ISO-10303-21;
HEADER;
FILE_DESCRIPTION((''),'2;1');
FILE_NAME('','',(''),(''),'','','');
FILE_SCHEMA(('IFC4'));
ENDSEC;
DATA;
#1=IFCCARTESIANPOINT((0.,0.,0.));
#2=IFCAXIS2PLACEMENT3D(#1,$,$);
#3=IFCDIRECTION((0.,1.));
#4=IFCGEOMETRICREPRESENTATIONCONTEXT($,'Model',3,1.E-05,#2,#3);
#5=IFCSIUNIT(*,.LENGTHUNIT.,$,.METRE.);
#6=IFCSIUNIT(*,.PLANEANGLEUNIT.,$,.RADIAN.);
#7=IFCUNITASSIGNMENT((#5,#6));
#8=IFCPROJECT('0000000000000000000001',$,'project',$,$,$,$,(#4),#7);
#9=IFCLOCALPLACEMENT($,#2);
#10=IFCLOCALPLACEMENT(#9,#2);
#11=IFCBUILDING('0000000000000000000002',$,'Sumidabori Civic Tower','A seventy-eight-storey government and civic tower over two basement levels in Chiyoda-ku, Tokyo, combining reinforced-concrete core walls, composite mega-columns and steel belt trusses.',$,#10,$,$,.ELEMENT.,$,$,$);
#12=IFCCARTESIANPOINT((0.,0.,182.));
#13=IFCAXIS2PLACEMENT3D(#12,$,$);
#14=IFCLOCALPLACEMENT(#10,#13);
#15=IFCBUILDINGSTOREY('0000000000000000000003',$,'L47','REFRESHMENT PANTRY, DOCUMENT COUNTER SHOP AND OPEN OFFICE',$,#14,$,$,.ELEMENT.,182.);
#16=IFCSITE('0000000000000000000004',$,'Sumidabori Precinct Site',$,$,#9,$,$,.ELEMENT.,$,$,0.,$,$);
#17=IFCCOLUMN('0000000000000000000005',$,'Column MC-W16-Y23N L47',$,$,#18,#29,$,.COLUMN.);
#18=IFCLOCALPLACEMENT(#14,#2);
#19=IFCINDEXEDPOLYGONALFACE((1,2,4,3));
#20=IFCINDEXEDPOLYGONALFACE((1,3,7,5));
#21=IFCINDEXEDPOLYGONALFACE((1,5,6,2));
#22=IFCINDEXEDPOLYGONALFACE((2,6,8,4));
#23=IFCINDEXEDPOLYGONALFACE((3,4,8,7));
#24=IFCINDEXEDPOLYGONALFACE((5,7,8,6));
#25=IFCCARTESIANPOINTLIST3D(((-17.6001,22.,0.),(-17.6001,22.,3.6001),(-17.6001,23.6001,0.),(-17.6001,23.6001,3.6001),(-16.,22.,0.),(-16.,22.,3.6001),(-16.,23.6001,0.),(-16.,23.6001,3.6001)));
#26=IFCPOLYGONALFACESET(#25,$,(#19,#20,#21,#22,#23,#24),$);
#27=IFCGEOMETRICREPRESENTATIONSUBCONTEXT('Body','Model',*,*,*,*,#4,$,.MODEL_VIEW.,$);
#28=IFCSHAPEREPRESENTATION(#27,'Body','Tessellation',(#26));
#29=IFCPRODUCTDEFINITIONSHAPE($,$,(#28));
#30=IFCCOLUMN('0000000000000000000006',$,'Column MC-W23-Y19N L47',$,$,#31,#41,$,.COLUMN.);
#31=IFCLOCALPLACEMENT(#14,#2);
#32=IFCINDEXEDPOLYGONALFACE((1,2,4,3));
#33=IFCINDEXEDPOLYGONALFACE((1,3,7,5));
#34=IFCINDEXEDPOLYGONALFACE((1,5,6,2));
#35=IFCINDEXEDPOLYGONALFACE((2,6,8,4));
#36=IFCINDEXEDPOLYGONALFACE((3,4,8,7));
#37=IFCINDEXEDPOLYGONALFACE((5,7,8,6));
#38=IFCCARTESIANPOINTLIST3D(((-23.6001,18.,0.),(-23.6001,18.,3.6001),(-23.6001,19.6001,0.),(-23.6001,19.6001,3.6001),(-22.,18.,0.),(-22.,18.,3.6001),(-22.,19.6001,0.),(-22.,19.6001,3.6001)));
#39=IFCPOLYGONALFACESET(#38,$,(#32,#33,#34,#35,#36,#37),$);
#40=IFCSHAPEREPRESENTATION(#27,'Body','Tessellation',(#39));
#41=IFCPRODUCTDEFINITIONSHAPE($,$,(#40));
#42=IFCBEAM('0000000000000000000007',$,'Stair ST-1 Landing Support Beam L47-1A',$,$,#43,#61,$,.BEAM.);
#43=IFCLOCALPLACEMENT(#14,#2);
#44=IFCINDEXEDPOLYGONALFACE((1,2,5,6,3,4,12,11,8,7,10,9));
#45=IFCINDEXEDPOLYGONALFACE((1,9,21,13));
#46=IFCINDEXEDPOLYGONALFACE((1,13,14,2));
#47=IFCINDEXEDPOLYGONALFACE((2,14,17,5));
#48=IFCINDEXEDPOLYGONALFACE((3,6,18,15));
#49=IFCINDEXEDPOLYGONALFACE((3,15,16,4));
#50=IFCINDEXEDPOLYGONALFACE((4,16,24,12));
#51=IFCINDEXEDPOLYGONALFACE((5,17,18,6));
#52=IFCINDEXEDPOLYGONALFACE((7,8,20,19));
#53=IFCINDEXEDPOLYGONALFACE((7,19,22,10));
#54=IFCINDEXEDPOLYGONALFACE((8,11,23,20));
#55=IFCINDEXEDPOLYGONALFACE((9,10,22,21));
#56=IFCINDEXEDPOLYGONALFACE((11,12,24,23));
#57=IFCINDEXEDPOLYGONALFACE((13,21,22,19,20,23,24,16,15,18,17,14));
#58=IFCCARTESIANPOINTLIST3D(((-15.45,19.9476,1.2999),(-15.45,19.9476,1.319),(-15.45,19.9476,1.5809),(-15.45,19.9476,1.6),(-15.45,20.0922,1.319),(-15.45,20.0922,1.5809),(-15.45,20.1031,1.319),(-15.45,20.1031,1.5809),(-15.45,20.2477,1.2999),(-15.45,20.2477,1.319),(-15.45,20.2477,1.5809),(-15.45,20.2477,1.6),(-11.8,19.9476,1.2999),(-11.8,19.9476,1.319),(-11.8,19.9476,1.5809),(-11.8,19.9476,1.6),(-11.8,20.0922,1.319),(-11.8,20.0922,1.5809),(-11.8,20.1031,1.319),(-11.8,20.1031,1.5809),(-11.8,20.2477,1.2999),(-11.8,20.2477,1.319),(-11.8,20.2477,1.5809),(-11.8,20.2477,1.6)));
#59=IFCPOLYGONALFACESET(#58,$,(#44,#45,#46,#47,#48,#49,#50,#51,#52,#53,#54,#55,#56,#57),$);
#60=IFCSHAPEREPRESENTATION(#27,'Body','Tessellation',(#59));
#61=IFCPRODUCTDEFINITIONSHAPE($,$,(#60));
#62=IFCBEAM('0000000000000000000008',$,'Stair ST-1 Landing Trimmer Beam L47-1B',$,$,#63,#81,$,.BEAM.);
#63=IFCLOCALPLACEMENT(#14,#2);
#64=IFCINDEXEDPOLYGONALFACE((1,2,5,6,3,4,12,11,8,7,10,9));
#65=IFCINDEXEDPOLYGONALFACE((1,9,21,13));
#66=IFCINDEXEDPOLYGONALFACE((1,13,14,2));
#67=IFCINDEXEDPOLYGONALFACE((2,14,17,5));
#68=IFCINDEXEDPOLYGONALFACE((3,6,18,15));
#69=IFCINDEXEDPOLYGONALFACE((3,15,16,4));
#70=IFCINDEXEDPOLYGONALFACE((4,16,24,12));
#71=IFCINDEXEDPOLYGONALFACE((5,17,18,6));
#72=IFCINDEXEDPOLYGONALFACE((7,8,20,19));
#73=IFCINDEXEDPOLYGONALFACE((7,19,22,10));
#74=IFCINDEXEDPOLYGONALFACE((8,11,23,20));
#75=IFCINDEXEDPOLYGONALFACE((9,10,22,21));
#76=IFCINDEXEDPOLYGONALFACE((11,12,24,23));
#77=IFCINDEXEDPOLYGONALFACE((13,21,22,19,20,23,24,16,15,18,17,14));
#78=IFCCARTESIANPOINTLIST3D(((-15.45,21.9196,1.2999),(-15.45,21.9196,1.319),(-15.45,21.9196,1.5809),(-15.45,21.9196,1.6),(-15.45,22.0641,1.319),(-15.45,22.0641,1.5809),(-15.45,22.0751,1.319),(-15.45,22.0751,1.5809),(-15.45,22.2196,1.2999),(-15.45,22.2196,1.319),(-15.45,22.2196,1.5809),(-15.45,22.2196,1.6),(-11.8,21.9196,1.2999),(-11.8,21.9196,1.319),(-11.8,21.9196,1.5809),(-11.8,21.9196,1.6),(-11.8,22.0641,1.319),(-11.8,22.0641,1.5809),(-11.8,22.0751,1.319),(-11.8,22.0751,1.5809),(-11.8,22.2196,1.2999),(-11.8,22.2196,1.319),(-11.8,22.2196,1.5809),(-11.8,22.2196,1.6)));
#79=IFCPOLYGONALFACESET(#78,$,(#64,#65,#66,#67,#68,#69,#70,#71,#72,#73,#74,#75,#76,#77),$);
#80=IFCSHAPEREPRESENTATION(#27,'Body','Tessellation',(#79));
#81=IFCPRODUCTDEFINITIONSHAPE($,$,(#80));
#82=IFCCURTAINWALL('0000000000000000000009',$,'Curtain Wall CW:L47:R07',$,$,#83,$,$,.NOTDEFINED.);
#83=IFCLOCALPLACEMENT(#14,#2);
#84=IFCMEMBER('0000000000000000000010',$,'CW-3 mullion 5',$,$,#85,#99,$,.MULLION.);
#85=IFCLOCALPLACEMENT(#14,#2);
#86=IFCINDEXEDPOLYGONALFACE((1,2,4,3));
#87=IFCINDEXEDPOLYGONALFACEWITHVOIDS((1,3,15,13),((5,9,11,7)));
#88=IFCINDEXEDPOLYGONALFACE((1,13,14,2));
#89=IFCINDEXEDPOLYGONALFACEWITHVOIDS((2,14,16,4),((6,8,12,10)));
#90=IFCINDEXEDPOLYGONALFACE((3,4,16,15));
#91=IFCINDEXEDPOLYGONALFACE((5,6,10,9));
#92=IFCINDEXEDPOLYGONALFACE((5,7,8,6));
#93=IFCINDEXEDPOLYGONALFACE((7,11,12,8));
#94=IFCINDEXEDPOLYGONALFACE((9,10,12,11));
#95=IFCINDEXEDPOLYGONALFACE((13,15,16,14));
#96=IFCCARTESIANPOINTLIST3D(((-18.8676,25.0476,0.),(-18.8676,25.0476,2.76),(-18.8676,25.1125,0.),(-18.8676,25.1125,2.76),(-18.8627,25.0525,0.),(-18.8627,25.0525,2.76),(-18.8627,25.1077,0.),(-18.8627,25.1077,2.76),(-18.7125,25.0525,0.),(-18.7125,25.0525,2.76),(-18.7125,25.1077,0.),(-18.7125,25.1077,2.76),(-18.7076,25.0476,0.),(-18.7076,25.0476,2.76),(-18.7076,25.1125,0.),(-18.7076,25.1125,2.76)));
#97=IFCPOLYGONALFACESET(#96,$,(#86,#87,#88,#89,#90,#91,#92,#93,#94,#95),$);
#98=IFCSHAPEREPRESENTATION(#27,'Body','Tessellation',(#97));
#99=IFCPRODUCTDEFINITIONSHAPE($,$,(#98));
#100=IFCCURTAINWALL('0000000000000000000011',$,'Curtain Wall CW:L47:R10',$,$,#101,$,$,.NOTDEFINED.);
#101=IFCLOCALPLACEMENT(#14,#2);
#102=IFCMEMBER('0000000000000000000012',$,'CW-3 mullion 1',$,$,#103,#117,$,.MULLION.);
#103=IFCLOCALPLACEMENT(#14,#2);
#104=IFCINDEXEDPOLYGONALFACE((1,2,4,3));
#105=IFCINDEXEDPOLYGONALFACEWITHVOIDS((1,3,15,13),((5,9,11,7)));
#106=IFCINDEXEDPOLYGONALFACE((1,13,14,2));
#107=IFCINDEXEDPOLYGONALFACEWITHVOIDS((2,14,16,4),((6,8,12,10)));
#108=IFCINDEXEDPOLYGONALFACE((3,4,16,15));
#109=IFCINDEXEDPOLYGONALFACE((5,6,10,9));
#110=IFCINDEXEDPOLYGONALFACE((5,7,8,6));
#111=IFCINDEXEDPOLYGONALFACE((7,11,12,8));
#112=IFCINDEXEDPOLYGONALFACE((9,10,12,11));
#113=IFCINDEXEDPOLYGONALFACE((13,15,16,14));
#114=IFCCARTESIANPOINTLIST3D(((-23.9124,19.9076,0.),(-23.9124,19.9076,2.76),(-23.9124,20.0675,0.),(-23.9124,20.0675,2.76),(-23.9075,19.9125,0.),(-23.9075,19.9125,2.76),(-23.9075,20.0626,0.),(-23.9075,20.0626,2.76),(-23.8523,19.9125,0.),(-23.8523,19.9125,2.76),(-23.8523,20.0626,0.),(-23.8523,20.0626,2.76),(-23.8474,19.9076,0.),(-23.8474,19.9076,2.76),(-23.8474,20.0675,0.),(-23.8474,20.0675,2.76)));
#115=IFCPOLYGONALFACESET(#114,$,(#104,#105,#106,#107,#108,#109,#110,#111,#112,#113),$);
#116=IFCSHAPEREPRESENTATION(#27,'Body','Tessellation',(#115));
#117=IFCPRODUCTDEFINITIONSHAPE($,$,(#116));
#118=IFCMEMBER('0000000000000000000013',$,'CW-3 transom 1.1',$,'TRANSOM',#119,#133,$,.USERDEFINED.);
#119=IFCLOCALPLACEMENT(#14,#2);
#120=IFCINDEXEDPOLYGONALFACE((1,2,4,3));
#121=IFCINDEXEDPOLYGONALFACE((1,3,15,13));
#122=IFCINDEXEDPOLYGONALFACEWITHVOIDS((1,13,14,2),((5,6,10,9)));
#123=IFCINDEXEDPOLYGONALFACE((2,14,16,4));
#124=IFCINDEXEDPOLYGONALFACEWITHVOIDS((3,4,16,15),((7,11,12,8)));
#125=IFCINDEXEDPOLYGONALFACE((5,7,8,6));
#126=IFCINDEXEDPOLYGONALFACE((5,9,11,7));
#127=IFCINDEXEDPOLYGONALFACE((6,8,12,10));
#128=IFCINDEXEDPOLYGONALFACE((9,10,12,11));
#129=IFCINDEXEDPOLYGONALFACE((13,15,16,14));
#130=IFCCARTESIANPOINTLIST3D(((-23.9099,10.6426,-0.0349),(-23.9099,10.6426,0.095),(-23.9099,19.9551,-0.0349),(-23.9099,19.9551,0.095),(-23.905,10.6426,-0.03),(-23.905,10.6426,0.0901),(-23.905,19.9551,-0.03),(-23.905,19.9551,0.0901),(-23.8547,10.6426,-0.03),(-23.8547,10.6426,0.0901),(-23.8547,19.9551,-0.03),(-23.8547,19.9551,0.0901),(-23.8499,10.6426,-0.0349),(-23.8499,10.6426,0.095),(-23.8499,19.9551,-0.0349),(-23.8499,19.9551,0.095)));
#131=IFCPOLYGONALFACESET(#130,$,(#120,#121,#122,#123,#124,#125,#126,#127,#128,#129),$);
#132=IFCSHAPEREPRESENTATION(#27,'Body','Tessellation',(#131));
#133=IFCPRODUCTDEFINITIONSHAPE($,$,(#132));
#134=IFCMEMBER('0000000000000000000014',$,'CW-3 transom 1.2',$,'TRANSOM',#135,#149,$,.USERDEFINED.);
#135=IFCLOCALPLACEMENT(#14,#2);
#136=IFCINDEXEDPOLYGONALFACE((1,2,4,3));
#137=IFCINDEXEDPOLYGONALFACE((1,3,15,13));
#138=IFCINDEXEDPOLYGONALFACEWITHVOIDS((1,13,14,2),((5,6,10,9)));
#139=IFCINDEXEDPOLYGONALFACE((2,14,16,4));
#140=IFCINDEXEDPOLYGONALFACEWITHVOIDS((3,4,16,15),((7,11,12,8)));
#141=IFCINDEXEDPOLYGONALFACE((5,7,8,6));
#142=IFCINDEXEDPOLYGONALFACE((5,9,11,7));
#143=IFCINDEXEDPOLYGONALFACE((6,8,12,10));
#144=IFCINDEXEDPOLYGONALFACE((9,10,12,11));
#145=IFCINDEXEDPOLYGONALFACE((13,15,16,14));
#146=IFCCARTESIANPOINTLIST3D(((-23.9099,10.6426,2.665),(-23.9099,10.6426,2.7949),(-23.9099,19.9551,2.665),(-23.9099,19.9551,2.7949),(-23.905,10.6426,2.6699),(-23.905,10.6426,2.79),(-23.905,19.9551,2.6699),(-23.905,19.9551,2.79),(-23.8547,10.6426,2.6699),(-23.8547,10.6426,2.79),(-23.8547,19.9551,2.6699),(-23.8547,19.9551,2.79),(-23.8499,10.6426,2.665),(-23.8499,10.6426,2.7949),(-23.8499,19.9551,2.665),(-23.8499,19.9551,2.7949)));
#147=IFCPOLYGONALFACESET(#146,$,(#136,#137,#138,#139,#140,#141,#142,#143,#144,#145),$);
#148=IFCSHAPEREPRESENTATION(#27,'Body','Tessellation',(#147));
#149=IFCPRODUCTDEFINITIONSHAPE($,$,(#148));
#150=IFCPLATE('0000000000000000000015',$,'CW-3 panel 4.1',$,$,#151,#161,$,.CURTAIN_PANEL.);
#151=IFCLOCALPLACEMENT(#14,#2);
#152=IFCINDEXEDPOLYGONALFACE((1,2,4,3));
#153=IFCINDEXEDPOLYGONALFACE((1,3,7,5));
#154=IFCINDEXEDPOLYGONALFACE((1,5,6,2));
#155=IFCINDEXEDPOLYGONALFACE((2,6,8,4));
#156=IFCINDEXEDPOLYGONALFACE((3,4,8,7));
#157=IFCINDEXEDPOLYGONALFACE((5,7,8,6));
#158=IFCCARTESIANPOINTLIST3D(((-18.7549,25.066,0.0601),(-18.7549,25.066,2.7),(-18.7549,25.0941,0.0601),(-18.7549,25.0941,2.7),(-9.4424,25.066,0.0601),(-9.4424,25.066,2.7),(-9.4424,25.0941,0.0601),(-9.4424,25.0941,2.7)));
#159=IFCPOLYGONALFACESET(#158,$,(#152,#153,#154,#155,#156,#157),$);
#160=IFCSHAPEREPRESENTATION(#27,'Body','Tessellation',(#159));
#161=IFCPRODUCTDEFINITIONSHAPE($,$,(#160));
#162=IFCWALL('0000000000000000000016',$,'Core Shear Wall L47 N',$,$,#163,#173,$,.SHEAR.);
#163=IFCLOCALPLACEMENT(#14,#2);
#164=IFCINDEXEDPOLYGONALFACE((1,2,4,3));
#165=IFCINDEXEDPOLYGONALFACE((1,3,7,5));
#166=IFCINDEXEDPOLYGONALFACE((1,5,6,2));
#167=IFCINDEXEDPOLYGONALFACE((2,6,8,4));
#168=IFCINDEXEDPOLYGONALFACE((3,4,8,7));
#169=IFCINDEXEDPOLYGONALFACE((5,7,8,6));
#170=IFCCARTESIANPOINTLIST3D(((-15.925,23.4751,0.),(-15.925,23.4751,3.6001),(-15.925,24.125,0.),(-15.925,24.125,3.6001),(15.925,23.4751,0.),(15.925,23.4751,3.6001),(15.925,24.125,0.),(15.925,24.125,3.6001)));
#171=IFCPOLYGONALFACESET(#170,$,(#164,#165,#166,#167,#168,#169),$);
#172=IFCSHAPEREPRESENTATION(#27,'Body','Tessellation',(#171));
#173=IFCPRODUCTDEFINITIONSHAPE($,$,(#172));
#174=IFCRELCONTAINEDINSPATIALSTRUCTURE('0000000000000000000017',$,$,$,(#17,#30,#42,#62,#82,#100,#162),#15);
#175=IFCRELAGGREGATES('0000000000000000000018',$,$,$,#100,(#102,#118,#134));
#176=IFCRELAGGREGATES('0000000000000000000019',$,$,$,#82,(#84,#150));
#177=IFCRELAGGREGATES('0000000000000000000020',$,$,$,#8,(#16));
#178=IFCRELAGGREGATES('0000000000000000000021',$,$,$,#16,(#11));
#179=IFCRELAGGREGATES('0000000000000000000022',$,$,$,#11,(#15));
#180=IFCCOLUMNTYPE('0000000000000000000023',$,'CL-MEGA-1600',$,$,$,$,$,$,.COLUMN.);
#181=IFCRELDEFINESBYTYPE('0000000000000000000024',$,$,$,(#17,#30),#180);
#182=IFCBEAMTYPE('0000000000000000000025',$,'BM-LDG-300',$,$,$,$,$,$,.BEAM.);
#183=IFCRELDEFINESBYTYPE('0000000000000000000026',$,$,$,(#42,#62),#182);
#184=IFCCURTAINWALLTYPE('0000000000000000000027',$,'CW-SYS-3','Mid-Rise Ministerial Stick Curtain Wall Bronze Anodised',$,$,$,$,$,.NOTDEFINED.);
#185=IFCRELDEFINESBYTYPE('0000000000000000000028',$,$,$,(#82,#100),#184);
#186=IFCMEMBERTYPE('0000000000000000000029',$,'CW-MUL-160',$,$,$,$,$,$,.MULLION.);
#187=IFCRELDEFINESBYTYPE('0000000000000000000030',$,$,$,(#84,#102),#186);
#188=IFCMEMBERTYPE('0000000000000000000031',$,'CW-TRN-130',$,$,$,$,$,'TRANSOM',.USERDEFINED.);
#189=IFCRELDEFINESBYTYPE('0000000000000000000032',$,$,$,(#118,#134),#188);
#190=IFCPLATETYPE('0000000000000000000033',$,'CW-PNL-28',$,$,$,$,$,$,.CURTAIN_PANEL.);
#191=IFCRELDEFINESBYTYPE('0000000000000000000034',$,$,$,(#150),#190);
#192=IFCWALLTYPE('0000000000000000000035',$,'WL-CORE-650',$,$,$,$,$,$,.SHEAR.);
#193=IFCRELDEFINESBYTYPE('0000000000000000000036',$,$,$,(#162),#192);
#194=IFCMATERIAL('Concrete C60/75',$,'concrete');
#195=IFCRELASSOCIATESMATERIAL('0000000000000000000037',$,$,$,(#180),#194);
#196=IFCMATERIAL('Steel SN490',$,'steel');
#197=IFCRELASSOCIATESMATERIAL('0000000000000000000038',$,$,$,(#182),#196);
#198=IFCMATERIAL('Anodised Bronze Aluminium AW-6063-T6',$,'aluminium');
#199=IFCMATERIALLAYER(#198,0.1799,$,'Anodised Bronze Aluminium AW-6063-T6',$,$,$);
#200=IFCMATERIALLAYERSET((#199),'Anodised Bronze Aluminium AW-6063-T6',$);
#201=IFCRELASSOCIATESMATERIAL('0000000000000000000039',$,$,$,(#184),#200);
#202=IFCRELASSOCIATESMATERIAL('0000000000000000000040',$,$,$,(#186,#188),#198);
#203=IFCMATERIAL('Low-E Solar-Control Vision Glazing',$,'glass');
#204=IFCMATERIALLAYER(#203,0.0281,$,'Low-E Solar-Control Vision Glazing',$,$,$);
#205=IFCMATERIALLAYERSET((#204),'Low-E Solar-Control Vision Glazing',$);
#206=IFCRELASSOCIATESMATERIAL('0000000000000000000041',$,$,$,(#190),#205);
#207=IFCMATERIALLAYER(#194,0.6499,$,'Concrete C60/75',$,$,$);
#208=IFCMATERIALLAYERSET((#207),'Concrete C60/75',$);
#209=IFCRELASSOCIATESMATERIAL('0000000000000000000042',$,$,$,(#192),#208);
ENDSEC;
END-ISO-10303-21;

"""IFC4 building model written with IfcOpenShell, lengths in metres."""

from ifc_helpers import new_model, si_unit, direction, frame, frame_2d, origin, origin_2d, place, context, subcontext, project, spatial, rectangle, hollow_rectangle, i_section, extrude, source, transform, mapped, material, layer, layer_set, material_profile, profile_set, type_object, element, aggregate, save


model = new_model("IFC4")

# Units and contexts
model_context = context("Model", 3, precision=1e-05, world=origin(), true_north=direction((0.0, 1.0)))
body_context = subcontext(model_context, "Body", "Model", "MODEL_VIEW")
ifc_project = project(units=[si_unit("LENGTHUNIT", "METRE"), si_unit("PLANEANGLEUNIT", "RADIAN")], contexts=[model_context])

# Site, building, storey
site_placement = place(None, origin())
site = spatial("IfcSite", under=ifc_project, at=site_placement, Name="Sumidabori Precinct Site", CompositionType="ELEMENT", RefElevation=0.0)
building_placement = place(site_placement, origin())
building = spatial("IfcBuilding", under=site, at=building_placement, Name="Sumidabori Civic Tower", Description="A seventy-eight-storey government and civic tower over two basement levels in Chiyoda-ku, Tokyo, combining reinforced-concrete core walls, composite mega-columns and steel belt trusses.", CompositionType="ELEMENT")
storey_placement = place(building_placement, frame((0.0, 0.0, 182.0)))
storey = spatial("IfcBuildingStorey", under=building, at=storey_placement, Name="L47", Description="REFRESHMENT PANTRY, DOCUMENT COUNTER SHOP AND OPEN OFFICE", CompositionType="ELEMENT", Elevation=182.0)

# Columns
ifc_material_1 = material(Name="Concrete C60/75", Category="concrete")
ifc_material_profile_1 = material_profile(ifc_material_1, rectangle(XDim=1.6001, YDim=1.6001, at=origin_2d()), Name="RC 1600x1600")
ifc_profile_set_1 = profile_set([ifc_material_profile_1], Name="Concrete C60/75")
column_type = type_object("IfcColumnType", Name="CL-MEGA-1600", PredefinedType="COLUMN", material=ifc_profile_set_1)
shared_shape_1 = source(origin(), body_context, "Body", "SweptSolid", [
    extrude(rectangle(XDim=1.6001, YDim=1.6001, at=origin_2d()), origin(), (0.0, 0.0, 1.0), 3.6001),
])
for number, where, z_axis, x_axis, name in (
    (1, (-16.8, 22.8, 0.0), (0.0, 0.0, 1.0), (1.0, 0.0, 0.0), "Column MC-W16-Y23N L47"),
    (2, (-22.8, 18.8, 0.0), (0.0, 0.0, 1.0), (1.0, 0.0, 0.0), "Column MC-W23-Y19N L47"),
):
    element("IfcColumn", number, at=place(storey_placement, frame(where, z_axis=z_axis, x_axis=x_axis)), inside=storey, type_object=column_type, Name=name, PredefinedType="COLUMN", context=body_context, shape_type="MappedRepresentation", body=[
        mapped(shared_shape_1, transform((0.0, 0.0, 0.0), x_axis=(1.0, 0.0, 0.0), y_axis=(0.0, 1.0, 0.0), z_axis=(0.0, 0.0, 1.0), scale=1.0)),
    ])

# Beams
ifc_material_2 = material(Name="Steel SN490", Category="steel")
ifc_material_profile_2 = material_profile(ifc_material_2, i_section(OverallWidth=0.3, OverallDepth=0.3, WebThickness=0.011, FlangeThickness=0.019, at=origin_2d()), Name="HE 300 B")
ifc_profile_set_2 = profile_set([ifc_material_profile_2], Name="Steel SN490")
beam_type = type_object("IfcBeamType", Name="BM-LDG-300", PredefinedType="BEAM", material=ifc_profile_set_2)
shared_shape_2 = source(origin(), body_context, "Body", "SweptSolid", [
    extrude(i_section(OverallWidth=0.3, OverallDepth=0.3, WebThickness=0.011, FlangeThickness=0.019, at=origin_2d()), origin(), (0.0, 0.0, 1.0), 3.6499),
])
for number, where, z_axis, x_axis, name in (
    (3, (-15.45, 20.0977, 1.45), (1.0, 0.0, 0.0), (0.0, 1.0, 0.0), "Stair ST-1 Landing Support Beam L47-1A"),
    (4, (-15.45, 22.0696, 1.45), (1.0, 0.0, 0.0), (0.0, 1.0, 0.0), "Stair ST-1 Landing Trimmer Beam L47-1B"),
):
    element("IfcBeam", number, at=place(storey_placement, frame(where, z_axis=z_axis, x_axis=x_axis)), inside=storey, type_object=beam_type, Name=name, PredefinedType="BEAM", context=body_context, shape_type="MappedRepresentation", body=[
        mapped(shared_shape_2, transform((0.0, 0.0, 0.0), x_axis=(1.0, 0.0, 0.0), y_axis=(0.0, 1.0, 0.0), z_axis=(0.0, 0.0, 1.0), scale=1.0)),
    ])

# Curtain wall, member
ifc_material_3 = material(Name="Anodised Bronze Aluminium AW-6063-T6", Category="aluminium")
ifc_layer_1 = layer(ifc_material_3, 0.1799, Name="Anodised Bronze Aluminium AW-6063-T6")
ifc_layer_set_1 = layer_set([ifc_layer_1], Name="Anodised Bronze Aluminium AW-6063-T6")
curtain_wall_type = type_object("IfcCurtainWallType", Name="CW-SYS-3", Description="Mid-Rise Ministerial Stick Curtain Wall Bronze Anodised", PredefinedType="NOTDEFINED", material=ifc_layer_set_1)
curtain_wall_1_placement = place(storey_placement, origin())
curtain_wall_1 = element("IfcCurtainWall", 5, at=curtain_wall_1_placement, inside=storey, type_object=curtain_wall_type, Name="Curtain Wall CW:L47:R07", PredefinedType="NOTDEFINED")
ifc_material_profile_3 = material_profile(ifc_material_3, hollow_rectangle(XDim=0.0649, YDim=0.1599, WallThickness=0.0049, at=origin_2d()), Name="ALU MULLION 160x65")
ifc_profile_set_3 = profile_set([ifc_material_profile_3], Name="Anodised Bronze Aluminium AW-6063-T6")
member_type_1 = type_object("IfcMemberType", Name="CW-MUL-160", PredefinedType="MULLION", material=ifc_profile_set_3)
shared_shape_3 = source(origin(), body_context, "Body", "SweptSolid", [
    extrude(hollow_rectangle(XDim=0.0649, YDim=0.1599, WallThickness=0.0049, at=origin_2d()), origin(), (0.0, 0.0, 1.0), 2.76),
])
member_1_placement = place(storey_placement, frame((-18.7876, 25.0801, 0.0), z_axis=(0.0, 0.0, 1.0), x_axis=(0.0, -1.0, 0.0)))
member_1 = element("IfcMember", 6, at=member_1_placement, type_object=member_type_1, Name="CW-3 mullion 5", PredefinedType="MULLION", context=body_context, shape_type="MappedRepresentation", body=[
    mapped(shared_shape_3, transform((0.0, 0.0, 0.0), x_axis=(1.0, 0.0, 0.0), y_axis=(0.0, 1.0, 0.0), z_axis=(0.0, 0.0, 1.0), scale=1.0)),
])

# Curtain wall, members
curtain_wall_2_placement = place(storey_placement, origin())
curtain_wall_2 = element("IfcCurtainWall", 7, at=curtain_wall_2_placement, inside=storey, type_object=curtain_wall_type, Name="Curtain Wall CW:L47:R10", PredefinedType="NOTDEFINED")
member_2_placement = place(storey_placement, frame((-23.8799, 19.9875, 0.0), z_axis=(0.0, 0.0, 1.0), x_axis=(1.0, 0.0, 0.0)))
member_2 = element("IfcMember", 8, at=member_2_placement, type_object=member_type_1, Name="CW-3 mullion 1", PredefinedType="MULLION", context=body_context, shape_type="MappedRepresentation", body=[
    mapped(shared_shape_3, transform((0.0, 0.0, 0.0), x_axis=(1.0, 0.0, 0.0), y_axis=(0.0, 1.0, 0.0), z_axis=(0.0, 0.0, 1.0), scale=1.0)),
])
ifc_material_profile_4 = material_profile(ifc_material_3, hollow_rectangle(XDim=0.0601, YDim=0.1299, WallThickness=0.0049, at=origin_2d()), Name="ALU TRANSOM 130x60")
ifc_profile_set_4 = profile_set([ifc_material_profile_4], Name="Anodised Bronze Aluminium AW-6063-T6")
member_type_2 = type_object("IfcMemberType", Name="CW-TRN-130", ElementType="TRANSOM", PredefinedType="USERDEFINED", material=ifc_profile_set_4)
shared_shape_4 = source(origin(), body_context, "Body", "SweptSolid", [
    extrude(hollow_rectangle(XDim=0.0601, YDim=0.1299, WallThickness=0.0049, at=origin_2d()), origin(), (0.0, 0.0, 1.0), 9.3125),
])
member_3_placement = place(storey_placement, frame((-23.8799, 19.9551, 0.03), z_axis=(0.0, -1.0, 0.0), x_axis=(1.0, 0.0, 0.0)))
member_3 = element("IfcMember", 9, at=member_3_placement, type_object=member_type_2, Name="CW-3 transom 1.1", ObjectType="TRANSOM", PredefinedType="USERDEFINED", context=body_context, shape_type="MappedRepresentation", body=[
    mapped(shared_shape_4, transform((0.0, 0.0, 0.0), x_axis=(1.0, 0.0, 0.0), y_axis=(0.0, 1.0, 0.0), z_axis=(0.0, 0.0, 1.0), scale=1.0)),
])
member_4_placement = place(storey_placement, frame((-23.8799, 19.9551, 2.73), z_axis=(0.0, -1.0, 0.0), x_axis=(1.0, 0.0, 0.0)))
member_4 = element("IfcMember", 10, at=member_4_placement, type_object=member_type_2, Name="CW-3 transom 1.2", ObjectType="TRANSOM", PredefinedType="USERDEFINED", context=body_context, shape_type="MappedRepresentation", body=[
    mapped(shared_shape_4, transform((0.0, 0.0, 0.0), x_axis=(1.0, 0.0, 0.0), y_axis=(0.0, 1.0, 0.0), z_axis=(0.0, 0.0, 1.0), scale=1.0)),
])
aggregate(curtain_wall_2, [member_2, member_3, member_4])

# Plate
ifc_material_4 = material(Name="Low-E Solar-Control Vision Glazing", Category="glass")
ifc_layer_2 = layer(ifc_material_4, 0.0281, Name="Low-E Solar-Control Vision Glazing")
ifc_layer_set_2 = layer_set([ifc_layer_2], Name="Low-E Solar-Control Vision Glazing")
plate_type = type_object("IfcPlateType", Name="CW-PNL-28", PredefinedType="CURTAIN_PANEL", material=ifc_layer_set_2)
shared_shape_5 = source(origin(), body_context, "Body", "SweptSolid", [
    extrude(rectangle(XDim=9.3125, YDim=0.0281, at=origin_2d()), origin(), (0.0, 0.0, 1.0), 2.6399),
])
plate_placement = place(storey_placement, frame((-14.0986, 25.0801, 0.0601), z_axis=(0.0, 0.0, 1.0), x_axis=(-1.0, 0.0, 0.0)))
plate = element("IfcPlate", 11, at=plate_placement, type_object=plate_type, Name="CW-3 panel 4.1", PredefinedType="CURTAIN_PANEL", context=body_context, shape_type="MappedRepresentation", body=[
    mapped(shared_shape_5, transform((0.0, 0.0, 0.0), x_axis=(1.0, 0.0, 0.0), y_axis=(0.0, 1.0, 0.0), z_axis=(0.0, 0.0, 1.0), scale=1.0)),
])
aggregate(curtain_wall_1, [member_1, plate])

# Wall
ifc_layer_3 = layer(ifc_material_1, 0.6499, Name="Concrete C60/75")
ifc_layer_set_3 = layer_set([ifc_layer_3], Name="Concrete C60/75")
wall_type_1 = type_object("IfcWallType", Name="WL-CORE-650", PredefinedType="SHEAR", material=ifc_layer_set_3)
shared_shape_6 = source(origin(), body_context, "Body", "SweptSolid", [
    extrude(rectangle(XDim=31.8501, YDim=0.6499, at=frame_2d((15.925, 0.0))), origin(), (0.0, 0.0, 1.0), 3.6001),
])
wall_placement = place(storey_placement, frame((-15.925, 23.8, 0.0), z_axis=(0.0, 0.0, 1.0), x_axis=(1.0, 0.0, 0.0)))
element("IfcWall", 12, at=wall_placement, inside=storey, type_object=wall_type_1, Name="Core Shear Wall L47 N", PredefinedType="SHEAR", context=body_context, shape_type="MappedRepresentation", body=[
    mapped(shared_shape_6, transform((0.0, 0.0, 0.0), x_axis=(1.0, 0.0, 0.0), y_axis=(0.0, 1.0, 0.0), z_axis=(0.0, 0.0, 1.0), scale=1.0)),
])

save(model, "model.ifc")
